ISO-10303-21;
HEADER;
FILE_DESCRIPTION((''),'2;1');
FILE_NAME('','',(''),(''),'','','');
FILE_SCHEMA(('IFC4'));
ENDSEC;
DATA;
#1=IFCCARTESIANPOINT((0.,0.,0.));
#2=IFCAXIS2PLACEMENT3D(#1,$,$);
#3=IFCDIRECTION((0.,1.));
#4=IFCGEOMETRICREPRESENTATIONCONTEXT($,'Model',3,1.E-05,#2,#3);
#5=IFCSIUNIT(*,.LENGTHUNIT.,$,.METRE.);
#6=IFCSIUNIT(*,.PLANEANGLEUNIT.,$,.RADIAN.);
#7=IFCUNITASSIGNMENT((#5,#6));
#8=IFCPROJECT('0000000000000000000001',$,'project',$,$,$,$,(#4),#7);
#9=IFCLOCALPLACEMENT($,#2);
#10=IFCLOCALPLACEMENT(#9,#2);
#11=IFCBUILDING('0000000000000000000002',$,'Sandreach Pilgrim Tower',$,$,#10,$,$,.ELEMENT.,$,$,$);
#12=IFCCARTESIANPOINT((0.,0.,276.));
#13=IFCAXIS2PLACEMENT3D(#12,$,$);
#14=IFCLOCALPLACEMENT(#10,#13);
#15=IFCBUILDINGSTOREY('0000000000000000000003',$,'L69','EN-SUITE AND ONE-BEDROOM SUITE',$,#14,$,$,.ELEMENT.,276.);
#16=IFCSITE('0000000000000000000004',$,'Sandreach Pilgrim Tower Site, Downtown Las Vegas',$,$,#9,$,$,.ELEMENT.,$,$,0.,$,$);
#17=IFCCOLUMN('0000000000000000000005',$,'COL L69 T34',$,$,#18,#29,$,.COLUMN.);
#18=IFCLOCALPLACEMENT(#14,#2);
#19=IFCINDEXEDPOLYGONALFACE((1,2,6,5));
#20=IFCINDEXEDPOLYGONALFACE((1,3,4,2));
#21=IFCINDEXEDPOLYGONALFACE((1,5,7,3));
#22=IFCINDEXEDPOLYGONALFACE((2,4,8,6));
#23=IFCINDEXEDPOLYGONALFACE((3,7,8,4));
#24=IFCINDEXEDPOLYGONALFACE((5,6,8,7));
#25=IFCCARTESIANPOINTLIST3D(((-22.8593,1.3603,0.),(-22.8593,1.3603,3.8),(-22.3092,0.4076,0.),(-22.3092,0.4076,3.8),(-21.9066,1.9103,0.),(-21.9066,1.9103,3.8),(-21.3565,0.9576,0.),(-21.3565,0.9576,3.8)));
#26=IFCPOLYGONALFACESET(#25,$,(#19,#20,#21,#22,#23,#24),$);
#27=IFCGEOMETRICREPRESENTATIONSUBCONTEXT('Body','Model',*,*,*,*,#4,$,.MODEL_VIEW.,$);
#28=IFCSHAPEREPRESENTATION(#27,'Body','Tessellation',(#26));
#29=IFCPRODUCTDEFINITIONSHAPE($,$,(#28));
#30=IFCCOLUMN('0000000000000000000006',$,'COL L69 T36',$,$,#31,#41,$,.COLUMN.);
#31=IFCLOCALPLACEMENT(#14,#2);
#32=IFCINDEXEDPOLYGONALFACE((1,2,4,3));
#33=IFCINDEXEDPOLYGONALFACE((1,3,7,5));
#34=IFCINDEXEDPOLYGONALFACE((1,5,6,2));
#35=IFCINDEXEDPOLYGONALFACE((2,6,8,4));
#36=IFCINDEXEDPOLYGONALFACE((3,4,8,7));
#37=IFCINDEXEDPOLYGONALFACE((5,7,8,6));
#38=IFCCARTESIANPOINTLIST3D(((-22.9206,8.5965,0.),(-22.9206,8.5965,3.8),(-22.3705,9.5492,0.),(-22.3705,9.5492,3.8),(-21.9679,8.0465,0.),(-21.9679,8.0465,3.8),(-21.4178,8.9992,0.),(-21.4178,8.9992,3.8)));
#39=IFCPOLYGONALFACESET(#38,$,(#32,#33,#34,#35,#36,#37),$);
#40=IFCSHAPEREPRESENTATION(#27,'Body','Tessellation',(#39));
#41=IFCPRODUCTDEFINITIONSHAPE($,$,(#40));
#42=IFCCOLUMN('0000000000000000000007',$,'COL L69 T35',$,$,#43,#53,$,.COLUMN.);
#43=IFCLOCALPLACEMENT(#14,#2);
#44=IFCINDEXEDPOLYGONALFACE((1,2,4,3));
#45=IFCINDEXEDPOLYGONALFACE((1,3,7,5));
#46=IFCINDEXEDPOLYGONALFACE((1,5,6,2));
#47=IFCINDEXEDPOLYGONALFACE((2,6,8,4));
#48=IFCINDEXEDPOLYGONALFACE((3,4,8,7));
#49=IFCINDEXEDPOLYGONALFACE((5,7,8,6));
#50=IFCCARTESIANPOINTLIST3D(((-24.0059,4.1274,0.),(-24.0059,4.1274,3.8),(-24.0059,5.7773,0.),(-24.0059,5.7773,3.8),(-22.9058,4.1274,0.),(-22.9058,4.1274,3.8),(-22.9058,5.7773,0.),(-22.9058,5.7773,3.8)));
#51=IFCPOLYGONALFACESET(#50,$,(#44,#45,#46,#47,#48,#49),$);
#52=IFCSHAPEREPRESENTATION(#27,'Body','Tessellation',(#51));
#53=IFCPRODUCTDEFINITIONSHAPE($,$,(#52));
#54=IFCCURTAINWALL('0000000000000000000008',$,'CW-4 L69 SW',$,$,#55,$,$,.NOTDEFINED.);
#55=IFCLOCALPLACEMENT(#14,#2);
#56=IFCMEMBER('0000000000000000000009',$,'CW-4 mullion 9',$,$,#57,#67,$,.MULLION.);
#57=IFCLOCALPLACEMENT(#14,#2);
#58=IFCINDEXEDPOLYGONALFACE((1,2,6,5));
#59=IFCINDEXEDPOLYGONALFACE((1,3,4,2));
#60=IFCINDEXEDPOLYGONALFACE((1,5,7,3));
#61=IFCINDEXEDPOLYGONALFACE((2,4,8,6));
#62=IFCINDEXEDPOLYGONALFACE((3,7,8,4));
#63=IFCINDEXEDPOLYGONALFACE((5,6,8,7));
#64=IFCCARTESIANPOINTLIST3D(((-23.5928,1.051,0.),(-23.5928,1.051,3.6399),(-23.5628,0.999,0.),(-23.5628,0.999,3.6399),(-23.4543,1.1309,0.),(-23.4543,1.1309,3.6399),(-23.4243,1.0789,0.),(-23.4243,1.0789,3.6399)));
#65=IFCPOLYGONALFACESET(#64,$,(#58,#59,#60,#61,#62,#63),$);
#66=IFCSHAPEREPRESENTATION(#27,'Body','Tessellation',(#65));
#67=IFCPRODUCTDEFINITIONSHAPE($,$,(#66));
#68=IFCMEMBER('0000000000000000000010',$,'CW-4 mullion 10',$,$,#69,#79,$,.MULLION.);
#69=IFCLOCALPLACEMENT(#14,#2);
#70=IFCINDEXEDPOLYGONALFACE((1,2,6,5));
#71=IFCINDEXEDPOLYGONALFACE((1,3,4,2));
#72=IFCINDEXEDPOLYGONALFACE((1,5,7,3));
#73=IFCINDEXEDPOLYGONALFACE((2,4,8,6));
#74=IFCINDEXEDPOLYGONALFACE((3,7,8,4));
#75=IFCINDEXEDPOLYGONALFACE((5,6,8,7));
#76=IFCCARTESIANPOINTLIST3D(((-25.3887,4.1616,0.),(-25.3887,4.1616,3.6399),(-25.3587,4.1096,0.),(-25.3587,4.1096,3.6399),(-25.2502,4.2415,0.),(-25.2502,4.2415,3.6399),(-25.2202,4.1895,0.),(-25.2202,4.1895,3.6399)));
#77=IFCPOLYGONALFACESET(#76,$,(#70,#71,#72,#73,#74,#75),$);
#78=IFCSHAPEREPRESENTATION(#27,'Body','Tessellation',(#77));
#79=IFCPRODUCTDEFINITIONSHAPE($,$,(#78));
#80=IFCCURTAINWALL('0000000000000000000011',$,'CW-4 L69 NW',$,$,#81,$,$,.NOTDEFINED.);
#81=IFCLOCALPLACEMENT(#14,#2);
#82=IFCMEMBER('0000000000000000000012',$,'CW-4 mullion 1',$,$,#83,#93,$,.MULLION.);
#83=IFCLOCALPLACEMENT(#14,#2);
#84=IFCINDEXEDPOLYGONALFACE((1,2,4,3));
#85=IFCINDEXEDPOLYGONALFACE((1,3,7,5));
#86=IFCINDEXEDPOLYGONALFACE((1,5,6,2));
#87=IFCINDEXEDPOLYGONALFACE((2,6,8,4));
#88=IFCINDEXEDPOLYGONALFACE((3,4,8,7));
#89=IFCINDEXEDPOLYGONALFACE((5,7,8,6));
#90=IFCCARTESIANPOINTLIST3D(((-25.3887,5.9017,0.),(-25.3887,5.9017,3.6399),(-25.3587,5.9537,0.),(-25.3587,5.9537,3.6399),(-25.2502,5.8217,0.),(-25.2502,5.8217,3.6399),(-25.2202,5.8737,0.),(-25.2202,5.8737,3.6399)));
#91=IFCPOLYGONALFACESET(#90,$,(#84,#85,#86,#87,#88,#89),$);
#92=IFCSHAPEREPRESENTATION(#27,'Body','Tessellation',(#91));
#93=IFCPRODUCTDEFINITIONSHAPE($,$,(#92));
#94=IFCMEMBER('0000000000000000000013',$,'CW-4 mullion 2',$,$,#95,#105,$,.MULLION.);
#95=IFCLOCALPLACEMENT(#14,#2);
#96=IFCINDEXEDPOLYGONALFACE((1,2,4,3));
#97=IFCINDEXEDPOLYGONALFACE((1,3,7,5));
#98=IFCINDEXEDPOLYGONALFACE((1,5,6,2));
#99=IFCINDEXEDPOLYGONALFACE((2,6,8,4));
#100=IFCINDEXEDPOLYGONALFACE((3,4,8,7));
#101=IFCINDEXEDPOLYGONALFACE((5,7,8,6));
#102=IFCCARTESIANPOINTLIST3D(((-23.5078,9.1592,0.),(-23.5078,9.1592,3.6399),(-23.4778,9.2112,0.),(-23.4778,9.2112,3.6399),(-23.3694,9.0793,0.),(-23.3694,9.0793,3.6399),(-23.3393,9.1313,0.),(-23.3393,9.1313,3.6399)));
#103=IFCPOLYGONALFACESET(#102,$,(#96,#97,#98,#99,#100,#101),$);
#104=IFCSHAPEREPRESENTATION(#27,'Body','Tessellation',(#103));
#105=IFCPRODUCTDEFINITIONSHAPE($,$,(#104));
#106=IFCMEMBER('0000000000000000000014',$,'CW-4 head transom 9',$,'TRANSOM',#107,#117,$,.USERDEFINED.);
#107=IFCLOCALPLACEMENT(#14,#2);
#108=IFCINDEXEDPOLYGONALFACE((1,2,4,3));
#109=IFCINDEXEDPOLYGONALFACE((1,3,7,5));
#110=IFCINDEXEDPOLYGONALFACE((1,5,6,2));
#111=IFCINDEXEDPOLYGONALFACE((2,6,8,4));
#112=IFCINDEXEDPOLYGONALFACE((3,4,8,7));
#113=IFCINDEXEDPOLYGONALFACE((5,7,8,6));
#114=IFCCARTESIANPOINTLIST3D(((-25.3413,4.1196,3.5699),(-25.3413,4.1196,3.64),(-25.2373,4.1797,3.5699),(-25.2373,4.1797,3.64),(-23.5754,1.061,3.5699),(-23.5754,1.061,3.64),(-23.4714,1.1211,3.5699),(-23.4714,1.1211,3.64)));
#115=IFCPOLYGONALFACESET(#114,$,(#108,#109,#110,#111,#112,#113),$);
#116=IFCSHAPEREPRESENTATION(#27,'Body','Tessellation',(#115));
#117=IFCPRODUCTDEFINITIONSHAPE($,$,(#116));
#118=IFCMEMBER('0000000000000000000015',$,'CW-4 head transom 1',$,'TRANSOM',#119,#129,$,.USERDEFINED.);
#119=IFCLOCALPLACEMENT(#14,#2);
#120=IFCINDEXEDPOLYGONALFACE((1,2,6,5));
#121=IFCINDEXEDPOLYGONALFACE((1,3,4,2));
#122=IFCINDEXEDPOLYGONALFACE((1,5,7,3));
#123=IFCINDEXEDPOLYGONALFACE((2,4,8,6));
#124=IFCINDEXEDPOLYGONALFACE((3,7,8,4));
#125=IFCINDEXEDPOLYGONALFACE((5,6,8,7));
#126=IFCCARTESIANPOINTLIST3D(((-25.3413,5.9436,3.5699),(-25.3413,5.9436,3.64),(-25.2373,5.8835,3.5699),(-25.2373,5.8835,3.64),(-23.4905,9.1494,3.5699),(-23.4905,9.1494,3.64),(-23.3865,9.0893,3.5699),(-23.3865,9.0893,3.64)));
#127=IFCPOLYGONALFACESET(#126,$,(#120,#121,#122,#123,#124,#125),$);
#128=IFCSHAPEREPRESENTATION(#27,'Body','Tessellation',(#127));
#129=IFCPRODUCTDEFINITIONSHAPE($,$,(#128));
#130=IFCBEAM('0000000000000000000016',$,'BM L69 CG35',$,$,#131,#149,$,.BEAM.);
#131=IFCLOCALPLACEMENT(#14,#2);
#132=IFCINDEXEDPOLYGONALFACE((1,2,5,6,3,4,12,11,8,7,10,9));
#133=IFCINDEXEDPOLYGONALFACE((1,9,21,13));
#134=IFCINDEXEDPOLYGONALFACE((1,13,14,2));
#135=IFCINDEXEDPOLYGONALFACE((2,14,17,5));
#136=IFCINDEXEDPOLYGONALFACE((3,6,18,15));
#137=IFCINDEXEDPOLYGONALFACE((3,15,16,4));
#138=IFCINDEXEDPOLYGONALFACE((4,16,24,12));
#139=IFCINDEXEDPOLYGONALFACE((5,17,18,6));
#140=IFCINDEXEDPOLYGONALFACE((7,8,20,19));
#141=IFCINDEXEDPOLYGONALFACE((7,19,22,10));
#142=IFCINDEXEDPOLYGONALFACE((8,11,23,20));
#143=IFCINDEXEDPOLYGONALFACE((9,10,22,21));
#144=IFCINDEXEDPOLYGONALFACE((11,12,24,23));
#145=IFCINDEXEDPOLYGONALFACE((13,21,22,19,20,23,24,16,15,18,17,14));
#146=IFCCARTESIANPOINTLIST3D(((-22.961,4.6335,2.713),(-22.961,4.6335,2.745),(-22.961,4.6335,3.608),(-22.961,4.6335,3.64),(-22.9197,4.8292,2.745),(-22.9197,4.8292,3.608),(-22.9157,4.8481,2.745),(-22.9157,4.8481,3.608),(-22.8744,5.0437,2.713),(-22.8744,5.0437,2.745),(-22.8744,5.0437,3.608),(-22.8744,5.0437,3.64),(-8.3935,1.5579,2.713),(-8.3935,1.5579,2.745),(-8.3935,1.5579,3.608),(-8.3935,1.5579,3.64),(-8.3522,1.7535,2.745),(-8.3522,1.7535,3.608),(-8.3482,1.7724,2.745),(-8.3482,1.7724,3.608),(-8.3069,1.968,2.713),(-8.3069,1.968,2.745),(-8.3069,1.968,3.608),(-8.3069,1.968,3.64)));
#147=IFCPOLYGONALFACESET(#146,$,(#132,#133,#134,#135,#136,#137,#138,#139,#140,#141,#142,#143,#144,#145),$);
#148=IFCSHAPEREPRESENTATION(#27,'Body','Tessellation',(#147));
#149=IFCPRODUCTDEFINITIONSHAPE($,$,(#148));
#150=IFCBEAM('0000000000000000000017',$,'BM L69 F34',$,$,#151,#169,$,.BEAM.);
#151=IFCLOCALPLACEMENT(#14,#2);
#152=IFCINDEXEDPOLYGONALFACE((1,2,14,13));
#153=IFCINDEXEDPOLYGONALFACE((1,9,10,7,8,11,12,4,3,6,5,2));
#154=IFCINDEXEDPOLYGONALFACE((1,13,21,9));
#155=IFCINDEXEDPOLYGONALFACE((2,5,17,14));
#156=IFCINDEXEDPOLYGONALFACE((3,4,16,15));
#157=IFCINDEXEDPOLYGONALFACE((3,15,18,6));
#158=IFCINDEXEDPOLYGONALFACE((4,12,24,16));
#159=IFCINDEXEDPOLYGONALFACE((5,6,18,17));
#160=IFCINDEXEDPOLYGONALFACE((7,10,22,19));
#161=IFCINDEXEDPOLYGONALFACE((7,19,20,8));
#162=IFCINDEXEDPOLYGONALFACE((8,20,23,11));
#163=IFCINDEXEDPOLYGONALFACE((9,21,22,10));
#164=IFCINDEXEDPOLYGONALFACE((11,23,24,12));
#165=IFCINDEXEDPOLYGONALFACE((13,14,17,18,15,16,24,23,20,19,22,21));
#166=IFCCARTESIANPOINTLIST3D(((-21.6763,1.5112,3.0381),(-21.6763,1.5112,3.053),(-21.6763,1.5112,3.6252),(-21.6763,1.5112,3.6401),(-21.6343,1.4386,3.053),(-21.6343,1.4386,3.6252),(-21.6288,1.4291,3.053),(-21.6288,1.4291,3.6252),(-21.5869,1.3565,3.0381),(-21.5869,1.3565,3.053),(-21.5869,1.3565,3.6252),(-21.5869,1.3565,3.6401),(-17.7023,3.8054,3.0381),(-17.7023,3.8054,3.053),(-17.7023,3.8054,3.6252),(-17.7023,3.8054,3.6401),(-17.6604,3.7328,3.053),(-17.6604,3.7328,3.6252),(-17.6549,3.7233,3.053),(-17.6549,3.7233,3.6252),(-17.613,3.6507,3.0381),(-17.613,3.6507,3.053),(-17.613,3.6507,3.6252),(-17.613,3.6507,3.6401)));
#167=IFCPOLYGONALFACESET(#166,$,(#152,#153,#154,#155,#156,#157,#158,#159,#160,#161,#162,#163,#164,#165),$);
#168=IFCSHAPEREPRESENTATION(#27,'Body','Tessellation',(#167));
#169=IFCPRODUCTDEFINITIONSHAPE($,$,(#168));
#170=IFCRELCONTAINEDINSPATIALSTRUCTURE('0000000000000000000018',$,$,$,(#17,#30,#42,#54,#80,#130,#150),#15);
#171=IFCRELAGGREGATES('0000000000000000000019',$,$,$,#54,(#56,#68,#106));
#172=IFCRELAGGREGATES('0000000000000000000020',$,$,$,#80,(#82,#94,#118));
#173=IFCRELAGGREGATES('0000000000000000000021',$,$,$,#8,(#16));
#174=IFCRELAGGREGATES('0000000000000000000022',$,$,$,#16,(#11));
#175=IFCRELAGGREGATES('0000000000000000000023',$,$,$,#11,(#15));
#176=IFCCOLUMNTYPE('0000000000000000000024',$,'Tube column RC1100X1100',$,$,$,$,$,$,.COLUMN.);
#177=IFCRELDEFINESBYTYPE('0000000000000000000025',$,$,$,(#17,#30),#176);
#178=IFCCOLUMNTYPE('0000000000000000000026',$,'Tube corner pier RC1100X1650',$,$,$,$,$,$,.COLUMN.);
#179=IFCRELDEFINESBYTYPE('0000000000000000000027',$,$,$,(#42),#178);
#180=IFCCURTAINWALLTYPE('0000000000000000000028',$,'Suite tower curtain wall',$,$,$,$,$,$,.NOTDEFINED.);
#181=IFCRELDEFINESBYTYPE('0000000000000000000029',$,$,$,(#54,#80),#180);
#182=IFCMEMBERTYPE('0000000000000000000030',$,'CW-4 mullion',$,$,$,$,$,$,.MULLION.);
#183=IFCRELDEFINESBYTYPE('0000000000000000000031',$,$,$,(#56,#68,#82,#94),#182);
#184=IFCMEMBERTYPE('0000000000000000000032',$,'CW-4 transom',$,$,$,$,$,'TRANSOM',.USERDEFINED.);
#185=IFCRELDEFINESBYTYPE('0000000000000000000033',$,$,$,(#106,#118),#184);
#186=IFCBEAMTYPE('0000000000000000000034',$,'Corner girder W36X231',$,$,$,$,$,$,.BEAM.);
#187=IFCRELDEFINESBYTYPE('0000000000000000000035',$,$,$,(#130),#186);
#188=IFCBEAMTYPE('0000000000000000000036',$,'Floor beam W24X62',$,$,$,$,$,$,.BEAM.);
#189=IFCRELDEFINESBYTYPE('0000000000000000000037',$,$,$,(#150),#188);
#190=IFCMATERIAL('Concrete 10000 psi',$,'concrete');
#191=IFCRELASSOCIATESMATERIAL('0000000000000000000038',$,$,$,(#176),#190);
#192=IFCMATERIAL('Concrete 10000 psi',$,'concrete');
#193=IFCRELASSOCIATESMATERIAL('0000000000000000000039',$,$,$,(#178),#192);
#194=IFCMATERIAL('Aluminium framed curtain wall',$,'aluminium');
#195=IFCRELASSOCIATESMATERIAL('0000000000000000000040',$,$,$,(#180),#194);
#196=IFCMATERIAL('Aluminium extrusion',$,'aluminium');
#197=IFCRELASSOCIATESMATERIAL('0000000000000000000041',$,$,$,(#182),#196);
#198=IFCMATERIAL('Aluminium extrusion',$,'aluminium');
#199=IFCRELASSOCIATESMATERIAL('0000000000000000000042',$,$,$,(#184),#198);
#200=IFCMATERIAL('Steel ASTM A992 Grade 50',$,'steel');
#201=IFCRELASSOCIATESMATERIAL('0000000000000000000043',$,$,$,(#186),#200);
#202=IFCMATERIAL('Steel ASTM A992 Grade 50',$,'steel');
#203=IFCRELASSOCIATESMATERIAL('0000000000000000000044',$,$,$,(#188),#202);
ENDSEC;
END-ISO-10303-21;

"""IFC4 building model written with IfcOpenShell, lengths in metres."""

from ifc_helpers import new_model, si_unit, direction, frame, origin, origin_2d, place, context, subcontext, project, spatial, rectangle, i_section, extrude, material, material_profile, profile_set, type_object, element, aggregate, save


model = new_model("IFC4")

# Units and contexts
model_context = context("Model", 3, precision=1e-05, world=origin(), true_north=direction((0.0, 1.0)))
body_context = subcontext(model_context, "Body", "Model", "MODEL_VIEW")
ifc_project = project(units=[si_unit("LENGTHUNIT", "METRE"), si_unit("PLANEANGLEUNIT", "RADIAN")], contexts=[model_context])

# Site, building, storey
site_placement = place(None, origin())
site = spatial("IfcSite", under=ifc_project, at=site_placement, Name="Sandreach Pilgrim Tower Site, Downtown Las Vegas", CompositionType="ELEMENT", RefElevation=0.0)
building_placement = place(site_placement, origin())
building = spatial("IfcBuilding", under=site, at=building_placement, Name="Sandreach Pilgrim Tower", CompositionType="ELEMENT")
storey_placement = place(building_placement, frame((0.0, 0.0, 276.0)))
storey = spatial("IfcBuildingStorey", under=building, at=storey_placement, Name="L69", Description="EN-SUITE AND ONE-BEDROOM SUITE", CompositionType="ELEMENT", Elevation=276.0)

# Columns
ifc_material_1 = material(Name="Concrete 10000 psi", Category="concrete")
ifc_material_profile_1 = material_profile(ifc_material_1, rectangle(XDim=1.1001, YDim=1.1001, at=origin_2d()), Name="RC1100X1100")
ifc_profile_set_1 = profile_set([ifc_material_profile_1], Name="Concrete 10000 psi")
column_type_1 = type_object("IfcColumnType", Name="Tube column RC1100X1100", PredefinedType="COLUMN", material=ifc_profile_set_1)
for number, where, z_axis, x_axis, name in (
    (1, (-22.1079, 1.1589, 0.0), (0.0, 0.0, 1.0), (-0.866025, -0.5, 0.0), "COL L69 T34"),
    (2, (-22.1692, 8.7979, 0.0), (0.0, 0.0, 1.0), (-0.866025, 0.5, 0.0), "COL L69 T36"),
):
    element("IfcColumn", number, at=place(storey_placement, frame(where, z_axis=z_axis, x_axis=x_axis)), inside=storey, type_object=column_type_1, Name=name, PredefinedType="COLUMN", context=body_context, shape_type="SweptSolid", body=[
        extrude(rectangle(XDim=1.1001, YDim=1.1001, at=origin_2d()), origin(), (0.0, 0.0, 1.0), 3.8),
    ])
ifc_material_2 = material(Name="Concrete 10000 psi", Category="concrete")
ifc_material_profile_2 = material_profile(ifc_material_2, rectangle(XDim=1.1001, YDim=1.6499, at=origin_2d()), Name="RC1100X1650")
ifc_profile_set_2 = profile_set([ifc_material_profile_2], Name="Concrete 10000 psi")
column_type_2 = type_object("IfcColumnType", Name="Tube corner pier RC1100X1650", PredefinedType="COLUMN", material=ifc_profile_set_2)
column_placement = place(storey_placement, frame((-23.4558, 4.9524, 0.0), z_axis=(0.0, 0.0, 1.0), x_axis=(-1.0, 0.0, 0.0)))
element("IfcColumn", 3, at=column_placement, inside=storey, type_object=column_type_2, Name="COL L69 T35", PredefinedType="COLUMN", context=body_context, shape_type="SweptSolid", body=[
    extrude(rectangle(XDim=1.1001, YDim=1.6499, at=origin_2d()), origin(), (0.0, 0.0, 1.0), 3.8),
])

# Curtain walls, members
ifc_material_3 = material(Name="Aluminium framed curtain wall", Category="aluminium")
curtain_wall_type = type_object("IfcCurtainWallType", Name="Suite tower curtain wall", PredefinedType="NOTDEFINED", material=ifc_material_3)
curtain_wall_1_placement = place(storey_placement, origin())
curtain_wall_1 = element("IfcCurtainWall", 4, at=curtain_wall_1_placement, inside=storey, type_object=curtain_wall_type, Name="CW-4 L69 SW", PredefinedType="NOTDEFINED")
ifc_material_4 = material(Name="Aluminium extrusion", Category="aluminium")
ifc_material_profile_3 = material_profile(ifc_material_4, rectangle(XDim=0.0601, YDim=0.1599, at=origin_2d()), Name="CW-4M 60X160")
ifc_profile_set_3 = profile_set([ifc_material_profile_3], Name="Aluminium extrusion")
member_type_1 = type_object("IfcMemberType", Name="CW-4 mullion", PredefinedType="MULLION", material=ifc_profile_set_3)
member_1_placement = place(storey_placement, frame((-23.5085, 1.0649, 0.0), z_axis=(0.0, 0.0, 1.0), x_axis=(-0.5, 0.866025, 0.0)))
member_1 = element("IfcMember", 5, at=member_1_placement, type_object=member_type_1, Name="CW-4 mullion 9", PredefinedType="MULLION", context=body_context, shape_type="SweptSolid", body=[
    extrude(rectangle(XDim=0.0601, YDim=0.1599, at=origin_2d()), origin(), (0.0, 0.0, 1.0), 3.6399),
])
member_2_placement = place(storey_placement, frame((-25.3044, 4.1755, 0.0), z_axis=(0.0, 0.0, 1.0), x_axis=(-0.5, 0.866025, 0.0)))
member_2 = element("IfcMember", 6, at=member_2_placement, type_object=member_type_1, Name="CW-4 mullion 10", PredefinedType="MULLION", context=body_context, shape_type="SweptSolid", body=[
    extrude(rectangle(XDim=0.0601, YDim=0.1599, at=origin_2d()), origin(), (0.0, 0.0, 1.0), 3.6399),
])
curtain_wall_2_placement = place(storey_placement, origin())
curtain_wall_2 = element("IfcCurtainWall", 7, at=curtain_wall_2_placement, inside=storey, type_object=curtain_wall_type, Name="CW-4 L69 NW", PredefinedType="NOTDEFINED")
member_3_placement = place(storey_placement, frame((-25.3044, 5.8877, 0.0), z_axis=(0.0, 0.0, 1.0), x_axis=(0.5, 0.866025, 0.0)))
member_3 = element("IfcMember", 8, at=member_3_placement, type_object=member_type_1, Name="CW-4 mullion 1", PredefinedType="MULLION", context=body_context, shape_type="SweptSolid", body=[
    extrude(rectangle(XDim=0.0601, YDim=0.1599, at=origin_2d()), origin(), (0.0, 0.0, 1.0), 3.6399),
])
member_4_placement = place(storey_placement, frame((-23.4236, 9.1453, 0.0), z_axis=(0.0, 0.0, 1.0), x_axis=(0.5, 0.866025, 0.0)))
member_4 = element("IfcMember", 9, at=member_4_placement, type_object=member_type_1, Name="CW-4 mullion 2", PredefinedType="MULLION", context=body_context, shape_type="SweptSolid", body=[
    extrude(rectangle(XDim=0.0601, YDim=0.1599, at=origin_2d()), origin(), (0.0, 0.0, 1.0), 3.6399),
])

# Members
ifc_material_5 = material(Name="Aluminium extrusion", Category="aluminium")
ifc_material_profile_4 = material_profile(ifc_material_5, rectangle(XDim=0.1201, YDim=0.0701, at=origin_2d()), Name="CW-4T 120X70")
ifc_profile_set_4 = profile_set([ifc_material_profile_4], Name="Aluminium extrusion")
member_type_2 = type_object("IfcMemberType", Name="CW-4 transom", ElementType="TRANSOM", PredefinedType="USERDEFINED", material=ifc_profile_set_4)
member_5_placement = place(storey_placement, frame((-23.5234, 1.0911, 3.605), z_axis=(-0.499998, 0.866027, 0.0), x_axis=(-0.866027, -0.499998, 0.0)))
member_5 = element("IfcMember", 10, at=member_5_placement, type_object=member_type_2, Name="CW-4 head transom 9", ObjectType="TRANSOM", PredefinedType="USERDEFINED", context=body_context, shape_type="SweptSolid", body=[
    extrude(rectangle(XDim=0.1201, YDim=0.0701, at=origin_2d()), origin(), (0.0, 0.0, 1.0), 3.5317),
])
member_6_placement = place(storey_placement, frame((-25.2893, 5.9136, 3.605), z_axis=(0.499991, 0.866031, 0.0), x_axis=(-0.866031, 0.499991, 0.0)))
member_6 = element("IfcMember", 11, at=member_6_placement, type_object=member_type_2, Name="CW-4 head transom 1", ObjectType="TRANSOM", PredefinedType="USERDEFINED", context=body_context, shape_type="SweptSolid", body=[
    extrude(rectangle(XDim=0.1201, YDim=0.0701, at=origin_2d()), origin(), (0.0, 0.0, 1.0), 3.7017),
])

# Beams
ifc_material_6 = material(Name="Steel ASTM A992 Grade 50", Category="steel")
ifc_material_profile_5 = material_profile(ifc_material_6, i_section(OverallWidth=0.4192, OverallDepth=0.927, WebThickness=0.0193, FlangeThickness=0.032, at=origin_2d()), Name="W36X231")
ifc_profile_set_5 = profile_set([ifc_material_profile_5], Name="Steel ASTM A992 Grade 50")
beam_type_1 = type_object("IfcBeamType", Name="Corner girder W36X231", PredefinedType="BEAM", material=ifc_profile_set_5)
beam_1_placement = place(storey_placement, frame((-22.9177, 4.8386, 3.1765), z_axis=(0.97843, -0.206577, 0.0), x_axis=(0.206577, 0.97843, 0.0)))
element("IfcBeam", 12, at=beam_1_placement, inside=storey, type_object=beam_type_1, Name="BM L69 CG35", PredefinedType="BEAM", context=body_context, shape_type="SweptSolid", body=[
    extrude(i_section(OverallWidth=0.4192, OverallDepth=0.927, WebThickness=0.0193, FlangeThickness=0.032, at=origin_2d()), origin(), (0.0, 0.0, 1.0), 14.8887),
])
ifc_material_7 = material(Name="Steel ASTM A992 Grade 50", Category="steel")
ifc_material_profile_6 = material_profile(ifc_material_7, i_section(OverallWidth=0.1787, OverallDepth=0.6021, WebThickness=0.011, FlangeThickness=0.0149, at=origin_2d()), Name="W24X62")
ifc_profile_set_6 = profile_set([ifc_material_profile_6], Name="Steel ASTM A992 Grade 50")
beam_type_2 = type_object("IfcBeamType", Name="Floor beam W24X62", PredefinedType="BEAM", material=ifc_profile_set_6)
beam_2_placement = place(storey_placement, frame((-21.6316, 1.4338, 3.3391), z_axis=(0.866038, 0.499979, 0.0), x_axis=(-0.499979, 0.866038, 0.0)))
element("IfcBeam", 13, at=beam_2_placement, inside=storey, type_object=beam_type_2, Name="BM L69 F34", PredefinedType="BEAM", context=body_context, shape_type="SweptSolid", body=[
    extrude(i_section(OverallWidth=0.1787, OverallDepth=0.6021, WebThickness=0.011, FlangeThickness=0.0149, at=origin_2d()), origin(), (0.0, 0.0, 1.0), 4.5886),
])

aggregate(curtain_wall_1, [member_1, member_2, member_5])
aggregate(curtain_wall_2, [member_3, member_4, member_6])

save(model, "model.ifc")
